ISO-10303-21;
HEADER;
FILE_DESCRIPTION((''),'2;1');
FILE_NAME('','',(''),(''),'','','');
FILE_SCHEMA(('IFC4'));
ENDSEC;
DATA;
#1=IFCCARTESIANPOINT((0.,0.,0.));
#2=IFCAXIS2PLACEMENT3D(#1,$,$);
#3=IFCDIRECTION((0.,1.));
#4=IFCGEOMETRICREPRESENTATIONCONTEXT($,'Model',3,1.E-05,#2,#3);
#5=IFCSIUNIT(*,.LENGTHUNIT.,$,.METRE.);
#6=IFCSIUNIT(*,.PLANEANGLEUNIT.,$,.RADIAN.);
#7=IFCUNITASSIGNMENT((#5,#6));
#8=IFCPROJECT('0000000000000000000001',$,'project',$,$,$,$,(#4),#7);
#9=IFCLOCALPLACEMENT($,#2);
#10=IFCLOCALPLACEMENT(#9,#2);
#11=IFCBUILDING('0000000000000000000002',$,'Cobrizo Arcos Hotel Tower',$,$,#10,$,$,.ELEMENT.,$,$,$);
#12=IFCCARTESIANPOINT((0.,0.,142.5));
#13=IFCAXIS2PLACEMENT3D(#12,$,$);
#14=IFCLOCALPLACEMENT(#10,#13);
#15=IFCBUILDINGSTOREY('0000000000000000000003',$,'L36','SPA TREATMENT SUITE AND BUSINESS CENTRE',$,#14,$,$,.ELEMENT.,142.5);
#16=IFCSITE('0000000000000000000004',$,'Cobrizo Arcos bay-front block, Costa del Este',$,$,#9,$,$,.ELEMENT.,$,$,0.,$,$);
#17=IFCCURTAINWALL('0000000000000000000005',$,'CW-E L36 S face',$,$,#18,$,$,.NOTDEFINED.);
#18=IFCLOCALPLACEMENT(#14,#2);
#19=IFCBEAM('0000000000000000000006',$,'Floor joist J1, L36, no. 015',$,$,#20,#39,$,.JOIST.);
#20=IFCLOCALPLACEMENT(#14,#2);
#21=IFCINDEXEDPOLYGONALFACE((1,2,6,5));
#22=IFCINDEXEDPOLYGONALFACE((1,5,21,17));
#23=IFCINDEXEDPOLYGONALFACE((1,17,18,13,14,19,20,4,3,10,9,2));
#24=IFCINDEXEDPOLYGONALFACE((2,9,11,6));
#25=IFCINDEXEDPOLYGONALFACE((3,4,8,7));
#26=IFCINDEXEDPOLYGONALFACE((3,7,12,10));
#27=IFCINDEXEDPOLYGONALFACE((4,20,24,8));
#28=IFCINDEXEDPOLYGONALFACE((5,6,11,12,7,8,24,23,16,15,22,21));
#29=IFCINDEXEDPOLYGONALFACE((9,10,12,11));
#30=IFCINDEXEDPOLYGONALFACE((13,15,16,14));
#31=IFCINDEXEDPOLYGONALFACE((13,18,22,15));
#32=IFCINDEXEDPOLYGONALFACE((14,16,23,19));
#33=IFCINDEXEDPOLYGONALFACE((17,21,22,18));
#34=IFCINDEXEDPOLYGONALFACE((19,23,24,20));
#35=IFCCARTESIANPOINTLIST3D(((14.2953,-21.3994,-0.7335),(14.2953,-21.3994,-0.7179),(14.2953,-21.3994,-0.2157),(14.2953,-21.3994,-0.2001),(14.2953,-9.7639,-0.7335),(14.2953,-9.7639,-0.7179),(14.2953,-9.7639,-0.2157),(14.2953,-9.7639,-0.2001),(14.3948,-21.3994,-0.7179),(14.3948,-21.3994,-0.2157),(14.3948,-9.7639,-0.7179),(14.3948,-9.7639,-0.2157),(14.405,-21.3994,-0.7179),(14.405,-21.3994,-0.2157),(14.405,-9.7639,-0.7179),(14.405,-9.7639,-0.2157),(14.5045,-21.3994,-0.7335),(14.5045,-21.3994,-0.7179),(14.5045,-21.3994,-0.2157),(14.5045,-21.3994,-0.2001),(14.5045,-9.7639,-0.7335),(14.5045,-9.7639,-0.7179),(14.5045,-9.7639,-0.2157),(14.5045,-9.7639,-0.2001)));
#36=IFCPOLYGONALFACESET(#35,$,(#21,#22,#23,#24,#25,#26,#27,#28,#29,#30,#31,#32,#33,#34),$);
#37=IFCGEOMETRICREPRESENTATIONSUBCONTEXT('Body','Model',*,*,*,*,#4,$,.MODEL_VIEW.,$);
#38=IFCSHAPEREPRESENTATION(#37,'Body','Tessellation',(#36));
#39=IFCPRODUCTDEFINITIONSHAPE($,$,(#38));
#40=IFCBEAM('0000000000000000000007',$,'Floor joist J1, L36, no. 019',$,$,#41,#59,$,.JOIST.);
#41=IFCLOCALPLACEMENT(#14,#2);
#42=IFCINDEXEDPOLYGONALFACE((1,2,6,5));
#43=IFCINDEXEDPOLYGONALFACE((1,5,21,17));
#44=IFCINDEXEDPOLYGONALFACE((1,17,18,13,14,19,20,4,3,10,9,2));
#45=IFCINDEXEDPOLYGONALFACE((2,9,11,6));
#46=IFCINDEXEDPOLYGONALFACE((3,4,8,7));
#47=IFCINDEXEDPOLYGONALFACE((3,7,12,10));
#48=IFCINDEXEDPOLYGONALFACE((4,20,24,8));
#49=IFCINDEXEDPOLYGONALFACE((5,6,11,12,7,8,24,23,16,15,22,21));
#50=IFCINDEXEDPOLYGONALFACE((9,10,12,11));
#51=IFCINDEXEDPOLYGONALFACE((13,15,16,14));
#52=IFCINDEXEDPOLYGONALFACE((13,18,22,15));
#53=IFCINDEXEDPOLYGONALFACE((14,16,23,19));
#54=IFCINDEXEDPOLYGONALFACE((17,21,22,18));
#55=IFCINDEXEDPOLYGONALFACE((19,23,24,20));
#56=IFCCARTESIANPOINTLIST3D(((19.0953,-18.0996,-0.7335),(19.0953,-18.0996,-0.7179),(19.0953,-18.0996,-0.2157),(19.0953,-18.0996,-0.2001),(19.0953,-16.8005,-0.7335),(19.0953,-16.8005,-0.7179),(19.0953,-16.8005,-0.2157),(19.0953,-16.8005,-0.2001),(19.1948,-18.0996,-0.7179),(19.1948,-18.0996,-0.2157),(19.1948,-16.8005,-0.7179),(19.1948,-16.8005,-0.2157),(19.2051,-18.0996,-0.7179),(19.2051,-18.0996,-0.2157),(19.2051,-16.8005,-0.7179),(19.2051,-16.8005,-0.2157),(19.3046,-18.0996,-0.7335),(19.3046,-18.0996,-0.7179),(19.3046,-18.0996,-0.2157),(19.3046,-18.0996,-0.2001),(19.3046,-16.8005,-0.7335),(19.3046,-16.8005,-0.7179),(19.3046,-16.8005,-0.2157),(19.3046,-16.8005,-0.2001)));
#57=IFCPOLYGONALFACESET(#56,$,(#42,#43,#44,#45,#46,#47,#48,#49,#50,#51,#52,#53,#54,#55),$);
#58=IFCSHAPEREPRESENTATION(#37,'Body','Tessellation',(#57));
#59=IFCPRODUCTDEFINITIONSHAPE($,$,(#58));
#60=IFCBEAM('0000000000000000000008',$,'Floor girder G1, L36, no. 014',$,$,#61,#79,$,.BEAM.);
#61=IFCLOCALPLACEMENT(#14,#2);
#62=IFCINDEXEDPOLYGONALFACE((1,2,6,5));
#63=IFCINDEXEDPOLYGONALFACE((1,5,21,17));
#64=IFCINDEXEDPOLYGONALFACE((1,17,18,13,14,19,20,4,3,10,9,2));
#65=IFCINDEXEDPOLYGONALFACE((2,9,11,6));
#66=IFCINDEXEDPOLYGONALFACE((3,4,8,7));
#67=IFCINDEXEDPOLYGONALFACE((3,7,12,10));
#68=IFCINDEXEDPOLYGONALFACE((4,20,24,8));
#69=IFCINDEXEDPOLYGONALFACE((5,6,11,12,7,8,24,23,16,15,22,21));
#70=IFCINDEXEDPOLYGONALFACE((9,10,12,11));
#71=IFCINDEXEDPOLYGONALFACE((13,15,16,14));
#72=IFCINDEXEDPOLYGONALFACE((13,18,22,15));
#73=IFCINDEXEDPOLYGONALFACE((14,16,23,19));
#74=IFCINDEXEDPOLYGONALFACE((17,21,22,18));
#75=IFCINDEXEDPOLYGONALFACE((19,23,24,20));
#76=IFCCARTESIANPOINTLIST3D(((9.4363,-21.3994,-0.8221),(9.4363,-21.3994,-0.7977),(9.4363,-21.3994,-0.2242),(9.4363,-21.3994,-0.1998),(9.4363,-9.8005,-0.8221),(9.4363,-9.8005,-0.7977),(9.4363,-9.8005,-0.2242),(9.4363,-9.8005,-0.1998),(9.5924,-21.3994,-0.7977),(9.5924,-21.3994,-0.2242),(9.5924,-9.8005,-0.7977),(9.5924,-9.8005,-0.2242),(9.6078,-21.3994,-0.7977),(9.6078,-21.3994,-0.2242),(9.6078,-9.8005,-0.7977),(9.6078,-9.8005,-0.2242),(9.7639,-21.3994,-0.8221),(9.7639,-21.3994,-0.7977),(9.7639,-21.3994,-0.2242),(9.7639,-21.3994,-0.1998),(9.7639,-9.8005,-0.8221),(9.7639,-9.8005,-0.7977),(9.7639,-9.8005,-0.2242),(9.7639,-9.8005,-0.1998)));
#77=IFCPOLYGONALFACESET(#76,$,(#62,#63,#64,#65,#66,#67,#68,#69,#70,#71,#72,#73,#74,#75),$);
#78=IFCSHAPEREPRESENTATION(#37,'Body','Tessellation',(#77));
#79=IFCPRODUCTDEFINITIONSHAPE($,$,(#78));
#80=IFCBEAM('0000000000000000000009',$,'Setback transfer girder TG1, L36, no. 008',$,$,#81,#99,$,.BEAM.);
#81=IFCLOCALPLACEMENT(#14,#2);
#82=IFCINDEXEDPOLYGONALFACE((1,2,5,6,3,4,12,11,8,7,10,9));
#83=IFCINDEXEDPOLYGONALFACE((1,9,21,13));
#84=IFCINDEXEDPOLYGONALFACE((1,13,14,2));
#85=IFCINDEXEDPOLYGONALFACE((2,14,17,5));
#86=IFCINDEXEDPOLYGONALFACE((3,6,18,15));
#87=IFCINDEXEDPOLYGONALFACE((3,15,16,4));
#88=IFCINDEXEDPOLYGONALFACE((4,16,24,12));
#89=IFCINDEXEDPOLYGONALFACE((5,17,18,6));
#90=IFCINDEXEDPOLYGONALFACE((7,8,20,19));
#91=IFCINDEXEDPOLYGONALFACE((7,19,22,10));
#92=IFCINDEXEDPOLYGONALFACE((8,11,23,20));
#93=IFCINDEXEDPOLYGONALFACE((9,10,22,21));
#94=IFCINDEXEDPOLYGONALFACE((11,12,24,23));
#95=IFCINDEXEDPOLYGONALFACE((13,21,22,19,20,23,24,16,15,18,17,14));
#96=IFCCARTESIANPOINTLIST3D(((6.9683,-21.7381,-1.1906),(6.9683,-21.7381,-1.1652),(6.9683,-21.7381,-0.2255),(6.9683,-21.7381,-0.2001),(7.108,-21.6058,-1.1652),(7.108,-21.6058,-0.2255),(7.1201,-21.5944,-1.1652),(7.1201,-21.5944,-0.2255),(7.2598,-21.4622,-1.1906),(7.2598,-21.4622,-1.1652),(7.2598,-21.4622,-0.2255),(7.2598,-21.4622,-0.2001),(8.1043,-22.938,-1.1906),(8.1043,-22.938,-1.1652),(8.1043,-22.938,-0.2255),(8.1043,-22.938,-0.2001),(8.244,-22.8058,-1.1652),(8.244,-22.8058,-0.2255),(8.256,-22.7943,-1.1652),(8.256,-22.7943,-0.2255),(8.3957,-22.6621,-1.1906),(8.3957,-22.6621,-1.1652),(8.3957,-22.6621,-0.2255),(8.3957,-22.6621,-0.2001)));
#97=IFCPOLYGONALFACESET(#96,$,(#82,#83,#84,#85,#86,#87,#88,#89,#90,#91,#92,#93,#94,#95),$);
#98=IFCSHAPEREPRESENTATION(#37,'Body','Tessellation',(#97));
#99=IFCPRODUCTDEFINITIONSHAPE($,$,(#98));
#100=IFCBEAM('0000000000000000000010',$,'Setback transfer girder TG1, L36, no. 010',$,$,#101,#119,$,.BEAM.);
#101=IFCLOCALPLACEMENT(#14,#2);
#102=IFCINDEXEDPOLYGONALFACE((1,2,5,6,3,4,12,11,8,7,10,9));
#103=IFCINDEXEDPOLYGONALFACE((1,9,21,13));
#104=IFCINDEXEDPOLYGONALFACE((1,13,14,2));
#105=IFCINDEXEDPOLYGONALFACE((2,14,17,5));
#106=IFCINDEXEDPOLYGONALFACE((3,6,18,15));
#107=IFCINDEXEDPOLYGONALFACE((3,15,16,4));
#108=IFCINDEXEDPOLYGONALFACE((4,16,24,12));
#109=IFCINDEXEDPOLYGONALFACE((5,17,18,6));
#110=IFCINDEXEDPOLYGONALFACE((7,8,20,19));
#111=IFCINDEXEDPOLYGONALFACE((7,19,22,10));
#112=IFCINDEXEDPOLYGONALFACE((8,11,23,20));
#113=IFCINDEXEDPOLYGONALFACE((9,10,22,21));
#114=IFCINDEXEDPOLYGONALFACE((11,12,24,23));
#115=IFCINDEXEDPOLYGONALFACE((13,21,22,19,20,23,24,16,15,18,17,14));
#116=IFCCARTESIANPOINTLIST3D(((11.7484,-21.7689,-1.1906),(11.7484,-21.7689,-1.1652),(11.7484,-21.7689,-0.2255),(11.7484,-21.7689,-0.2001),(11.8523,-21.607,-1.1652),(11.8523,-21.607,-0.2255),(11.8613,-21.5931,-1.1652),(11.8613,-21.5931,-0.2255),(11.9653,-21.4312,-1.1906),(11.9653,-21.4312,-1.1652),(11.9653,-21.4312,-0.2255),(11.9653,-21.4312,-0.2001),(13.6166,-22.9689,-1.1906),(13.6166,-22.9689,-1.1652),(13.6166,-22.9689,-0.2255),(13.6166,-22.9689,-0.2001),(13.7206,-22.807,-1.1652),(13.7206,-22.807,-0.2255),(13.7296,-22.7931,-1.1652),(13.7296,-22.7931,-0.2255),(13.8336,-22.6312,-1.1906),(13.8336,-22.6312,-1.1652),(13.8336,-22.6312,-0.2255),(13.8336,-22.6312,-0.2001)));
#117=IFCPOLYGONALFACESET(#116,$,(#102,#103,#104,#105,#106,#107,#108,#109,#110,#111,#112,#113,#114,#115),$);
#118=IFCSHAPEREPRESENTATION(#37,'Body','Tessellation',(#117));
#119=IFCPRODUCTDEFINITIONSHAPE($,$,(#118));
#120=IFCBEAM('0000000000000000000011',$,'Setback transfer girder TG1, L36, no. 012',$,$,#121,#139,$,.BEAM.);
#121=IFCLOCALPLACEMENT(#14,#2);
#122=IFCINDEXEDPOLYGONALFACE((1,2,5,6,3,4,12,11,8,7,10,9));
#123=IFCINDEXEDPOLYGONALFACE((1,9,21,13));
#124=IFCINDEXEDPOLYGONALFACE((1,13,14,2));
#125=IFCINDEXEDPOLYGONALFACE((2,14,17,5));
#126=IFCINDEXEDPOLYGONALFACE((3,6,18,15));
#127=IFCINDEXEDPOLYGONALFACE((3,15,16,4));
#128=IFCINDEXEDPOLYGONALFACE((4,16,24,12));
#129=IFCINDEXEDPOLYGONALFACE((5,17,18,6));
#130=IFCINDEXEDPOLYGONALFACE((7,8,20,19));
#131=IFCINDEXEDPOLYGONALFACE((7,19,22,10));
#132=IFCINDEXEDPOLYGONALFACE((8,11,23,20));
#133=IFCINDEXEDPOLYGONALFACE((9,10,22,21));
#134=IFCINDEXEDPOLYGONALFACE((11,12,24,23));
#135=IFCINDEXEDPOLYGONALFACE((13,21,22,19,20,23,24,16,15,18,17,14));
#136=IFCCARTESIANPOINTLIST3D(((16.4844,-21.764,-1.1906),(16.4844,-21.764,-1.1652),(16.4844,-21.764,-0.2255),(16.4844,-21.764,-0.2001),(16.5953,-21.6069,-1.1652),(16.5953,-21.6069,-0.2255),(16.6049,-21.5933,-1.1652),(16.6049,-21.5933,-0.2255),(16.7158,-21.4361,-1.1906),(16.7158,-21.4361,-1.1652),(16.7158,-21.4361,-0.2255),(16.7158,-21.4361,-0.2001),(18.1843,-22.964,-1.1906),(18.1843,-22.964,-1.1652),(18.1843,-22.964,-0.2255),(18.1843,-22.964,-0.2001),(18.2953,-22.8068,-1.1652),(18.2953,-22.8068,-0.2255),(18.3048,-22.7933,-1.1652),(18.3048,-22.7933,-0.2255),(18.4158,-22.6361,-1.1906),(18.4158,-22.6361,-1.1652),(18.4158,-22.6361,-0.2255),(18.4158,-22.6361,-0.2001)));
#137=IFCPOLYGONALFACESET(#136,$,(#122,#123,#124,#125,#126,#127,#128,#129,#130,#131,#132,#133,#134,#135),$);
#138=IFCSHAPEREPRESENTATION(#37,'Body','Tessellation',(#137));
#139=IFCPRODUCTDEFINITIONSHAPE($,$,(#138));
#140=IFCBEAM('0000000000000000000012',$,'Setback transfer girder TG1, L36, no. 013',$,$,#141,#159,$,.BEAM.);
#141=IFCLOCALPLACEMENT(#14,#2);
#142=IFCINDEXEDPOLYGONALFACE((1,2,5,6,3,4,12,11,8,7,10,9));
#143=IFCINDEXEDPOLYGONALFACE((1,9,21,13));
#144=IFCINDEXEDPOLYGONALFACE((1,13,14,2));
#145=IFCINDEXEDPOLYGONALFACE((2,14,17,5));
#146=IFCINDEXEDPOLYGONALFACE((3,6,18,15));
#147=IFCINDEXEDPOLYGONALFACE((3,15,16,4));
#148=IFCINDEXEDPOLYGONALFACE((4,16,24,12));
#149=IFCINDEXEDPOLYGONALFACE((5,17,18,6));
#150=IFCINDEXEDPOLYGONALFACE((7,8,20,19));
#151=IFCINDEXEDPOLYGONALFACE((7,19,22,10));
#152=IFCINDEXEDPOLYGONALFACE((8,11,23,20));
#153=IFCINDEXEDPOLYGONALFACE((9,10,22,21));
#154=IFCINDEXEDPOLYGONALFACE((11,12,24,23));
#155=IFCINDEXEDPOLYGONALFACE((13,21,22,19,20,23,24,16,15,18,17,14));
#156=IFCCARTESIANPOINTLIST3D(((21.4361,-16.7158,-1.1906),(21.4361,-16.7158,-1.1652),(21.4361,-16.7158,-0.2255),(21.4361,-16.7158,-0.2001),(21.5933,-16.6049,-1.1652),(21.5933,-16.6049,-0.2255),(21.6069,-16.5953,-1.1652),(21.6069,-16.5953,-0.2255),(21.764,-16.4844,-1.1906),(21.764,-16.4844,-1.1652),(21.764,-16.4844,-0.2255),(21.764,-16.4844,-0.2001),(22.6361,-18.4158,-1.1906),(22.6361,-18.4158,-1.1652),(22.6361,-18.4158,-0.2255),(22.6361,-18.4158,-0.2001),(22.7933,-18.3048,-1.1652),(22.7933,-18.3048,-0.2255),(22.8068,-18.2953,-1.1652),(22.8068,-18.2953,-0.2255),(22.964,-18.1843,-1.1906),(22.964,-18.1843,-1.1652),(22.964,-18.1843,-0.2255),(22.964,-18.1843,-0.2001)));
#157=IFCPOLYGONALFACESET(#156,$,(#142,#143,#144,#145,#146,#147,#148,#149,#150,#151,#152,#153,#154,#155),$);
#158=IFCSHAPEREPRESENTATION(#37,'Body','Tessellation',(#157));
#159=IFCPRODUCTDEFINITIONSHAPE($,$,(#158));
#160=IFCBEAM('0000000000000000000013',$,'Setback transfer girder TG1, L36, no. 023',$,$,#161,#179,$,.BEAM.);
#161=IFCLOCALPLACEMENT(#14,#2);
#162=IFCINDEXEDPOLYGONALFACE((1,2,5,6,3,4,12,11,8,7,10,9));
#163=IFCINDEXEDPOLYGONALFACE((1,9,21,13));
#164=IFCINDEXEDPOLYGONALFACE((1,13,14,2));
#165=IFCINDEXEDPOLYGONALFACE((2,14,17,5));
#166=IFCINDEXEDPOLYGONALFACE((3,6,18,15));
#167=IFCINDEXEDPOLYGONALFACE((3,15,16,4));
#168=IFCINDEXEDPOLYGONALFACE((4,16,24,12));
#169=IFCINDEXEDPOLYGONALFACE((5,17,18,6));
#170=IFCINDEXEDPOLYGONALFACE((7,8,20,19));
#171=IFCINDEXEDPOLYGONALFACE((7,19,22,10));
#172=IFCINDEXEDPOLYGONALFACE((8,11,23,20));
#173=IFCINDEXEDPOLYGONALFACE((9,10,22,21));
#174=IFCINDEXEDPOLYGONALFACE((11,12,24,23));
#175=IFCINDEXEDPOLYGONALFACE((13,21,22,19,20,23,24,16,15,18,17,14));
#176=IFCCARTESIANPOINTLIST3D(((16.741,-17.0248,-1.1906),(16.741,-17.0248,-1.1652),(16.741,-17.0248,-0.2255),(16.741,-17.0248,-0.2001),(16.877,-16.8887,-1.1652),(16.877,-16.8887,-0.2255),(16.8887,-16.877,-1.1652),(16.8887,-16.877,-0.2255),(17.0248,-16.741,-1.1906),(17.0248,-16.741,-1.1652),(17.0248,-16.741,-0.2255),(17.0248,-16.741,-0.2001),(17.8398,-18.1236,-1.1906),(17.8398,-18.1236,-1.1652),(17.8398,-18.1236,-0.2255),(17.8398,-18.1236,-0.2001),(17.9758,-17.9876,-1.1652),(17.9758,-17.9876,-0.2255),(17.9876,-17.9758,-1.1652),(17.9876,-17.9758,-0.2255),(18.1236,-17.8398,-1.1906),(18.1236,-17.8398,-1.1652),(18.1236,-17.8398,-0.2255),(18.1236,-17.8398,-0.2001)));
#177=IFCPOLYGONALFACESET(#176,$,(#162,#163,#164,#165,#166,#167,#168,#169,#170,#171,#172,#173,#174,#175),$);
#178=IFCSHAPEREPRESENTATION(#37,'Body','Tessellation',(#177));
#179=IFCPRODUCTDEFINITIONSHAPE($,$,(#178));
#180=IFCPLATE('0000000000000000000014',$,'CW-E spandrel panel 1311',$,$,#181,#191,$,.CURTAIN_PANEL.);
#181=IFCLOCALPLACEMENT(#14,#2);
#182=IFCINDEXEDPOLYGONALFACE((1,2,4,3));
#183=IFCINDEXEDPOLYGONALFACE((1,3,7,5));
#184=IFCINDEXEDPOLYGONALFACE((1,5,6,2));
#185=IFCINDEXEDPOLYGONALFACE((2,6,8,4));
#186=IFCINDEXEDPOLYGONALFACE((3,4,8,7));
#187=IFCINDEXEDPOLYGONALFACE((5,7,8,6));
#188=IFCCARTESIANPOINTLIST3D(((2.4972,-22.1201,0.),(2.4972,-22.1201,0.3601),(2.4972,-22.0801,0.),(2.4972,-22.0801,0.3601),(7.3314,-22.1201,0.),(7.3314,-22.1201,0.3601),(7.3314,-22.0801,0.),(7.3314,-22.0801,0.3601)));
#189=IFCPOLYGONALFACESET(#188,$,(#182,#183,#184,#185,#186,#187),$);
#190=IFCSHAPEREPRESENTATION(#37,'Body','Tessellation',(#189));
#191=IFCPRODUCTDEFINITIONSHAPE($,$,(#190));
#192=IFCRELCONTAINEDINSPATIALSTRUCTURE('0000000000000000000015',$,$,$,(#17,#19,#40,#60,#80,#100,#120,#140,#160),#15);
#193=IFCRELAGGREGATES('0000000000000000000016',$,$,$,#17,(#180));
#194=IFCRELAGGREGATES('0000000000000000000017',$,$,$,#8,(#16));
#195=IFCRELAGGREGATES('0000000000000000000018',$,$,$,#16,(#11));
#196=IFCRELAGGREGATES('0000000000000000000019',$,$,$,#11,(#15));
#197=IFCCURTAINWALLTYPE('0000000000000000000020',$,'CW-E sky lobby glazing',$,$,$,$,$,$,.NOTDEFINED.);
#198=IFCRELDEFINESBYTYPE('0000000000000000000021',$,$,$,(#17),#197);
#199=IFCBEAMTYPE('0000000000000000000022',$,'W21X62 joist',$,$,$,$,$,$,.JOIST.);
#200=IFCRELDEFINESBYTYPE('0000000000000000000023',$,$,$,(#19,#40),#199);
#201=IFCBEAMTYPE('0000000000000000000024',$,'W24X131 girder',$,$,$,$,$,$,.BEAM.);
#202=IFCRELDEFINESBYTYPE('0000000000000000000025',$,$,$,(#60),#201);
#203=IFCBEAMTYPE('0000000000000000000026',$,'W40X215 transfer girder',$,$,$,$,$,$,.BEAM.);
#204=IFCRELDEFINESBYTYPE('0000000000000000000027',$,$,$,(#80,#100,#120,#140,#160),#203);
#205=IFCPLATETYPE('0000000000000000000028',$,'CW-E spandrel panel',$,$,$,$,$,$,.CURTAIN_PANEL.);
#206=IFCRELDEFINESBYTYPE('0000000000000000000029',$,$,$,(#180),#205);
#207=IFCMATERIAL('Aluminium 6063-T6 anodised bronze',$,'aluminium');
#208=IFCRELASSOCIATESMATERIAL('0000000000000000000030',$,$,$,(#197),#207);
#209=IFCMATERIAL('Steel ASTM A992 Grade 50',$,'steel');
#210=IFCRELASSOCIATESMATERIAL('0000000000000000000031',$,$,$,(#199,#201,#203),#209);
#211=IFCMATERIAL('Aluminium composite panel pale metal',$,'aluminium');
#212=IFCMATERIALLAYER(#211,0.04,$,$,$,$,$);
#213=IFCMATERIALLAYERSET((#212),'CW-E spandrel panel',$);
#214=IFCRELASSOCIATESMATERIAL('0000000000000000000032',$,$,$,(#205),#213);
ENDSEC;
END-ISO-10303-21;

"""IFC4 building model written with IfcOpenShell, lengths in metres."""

from ifc_helpers import new_model, si_unit, direction, frame, origin, origin_2d, place, context, subcontext, project, spatial, rectangle, i_section, extrude, material, layer, layer_set, material_profile, profile_set, type_object, element, aggregate, save


model = new_model("IFC4")

# Units and contexts
model_context = context("Model", 3, precision=1e-05, world=origin(), true_north=direction((0.0, 1.0)))
body_context = subcontext(model_context, "Body", "Model", "MODEL_VIEW")
ifc_project = project(units=[si_unit("LENGTHUNIT", "METRE"), si_unit("PLANEANGLEUNIT", "RADIAN")], contexts=[model_context])

# Site, building, storey
site_placement = place(None, origin())
site = spatial("IfcSite", under=ifc_project, at=site_placement, Name="Cobrizo Arcos bay-front block, Costa del Este", CompositionType="ELEMENT", RefElevation=0.0)
building_placement = place(site_placement, origin())
building = spatial("IfcBuilding", under=site, at=building_placement, Name="Cobrizo Arcos Hotel Tower", CompositionType="ELEMENT")
storey_placement = place(building_placement, frame((0.0, 0.0, 142.5)))
storey = spatial("IfcBuildingStorey", under=building, at=storey_placement, Name="L36", Description="SPA TREATMENT SUITE AND BUSINESS CENTRE", CompositionType="ELEMENT", Elevation=142.5)

# Curtain wall
ifc_material_1 = material(Name="Aluminium 6063-T6 anodised bronze", Category="aluminium")
curtain_wall_type = type_object("IfcCurtainWallType", Name="CW-E sky lobby glazing", PredefinedType="NOTDEFINED", material=ifc_material_1)
curtain_wall_1_placement = place(storey_placement, origin())
curtain_wall_1 = element("IfcCurtainWall", 1, at=curtain_wall_1_placement, inside=storey, type_object=curtain_wall_type, Name="CW-E L36 S face", PredefinedType="NOTDEFINED")

# Beams
ifc_material_2 = material(Name="Steel ASTM A992 Grade 50", Category="steel")
ifc_material_profile_1 = material_profile(ifc_material_2, i_section(OverallWidth=0.2092, OverallDepth=0.5334, WebThickness=0.0103, FlangeThickness=0.0156, at=origin_2d()), Name="W21X62")
ifc_profile_set_1 = profile_set([ifc_material_profile_1], Name="Steel ASTM A992 Grade 50")
beam_type_1 = type_object("IfcBeamType", Name="W21X62 joist", PredefinedType="JOIST", material=ifc_profile_set_1)
beam_1_placement = place(storey_placement, frame((14.3999, -21.3994, -0.4668), z_axis=(0.0, 1.0, 0.0), x_axis=(-1.0, 0.0, 0.0)))
element("IfcBeam", 2, at=beam_1_placement, inside=storey, type_object=beam_type_1, Name="Floor joist J1, L36, no. 015", PredefinedType="JOIST", context=body_context, shape_type="SweptSolid", body=[
    extrude(i_section(OverallWidth=0.2092, OverallDepth=0.5334, WebThickness=0.0103, FlangeThickness=0.0156, at=origin_2d()), origin(), (0.0, 0.0, 1.0), 11.6355),
])
beam_2_placement = place(storey_placement, frame((19.2, -18.0996, -0.4668), z_axis=(0.0, 1.0, 0.0), x_axis=(-1.0, 0.0, 0.0)))
element("IfcBeam", 3, at=beam_2_placement, inside=storey, type_object=beam_type_1, Name="Floor joist J1, L36, no. 019", PredefinedType="JOIST", context=body_context, shape_type="SweptSolid", body=[
    extrude(i_section(OverallWidth=0.2092, OverallDepth=0.5334, WebThickness=0.0103, FlangeThickness=0.0156, at=origin_2d()), origin(), (0.0, 0.0, 1.0), 1.2991),
])
ifc_material_profile_2 = material_profile(ifc_material_2, i_section(OverallWidth=0.3276, OverallDepth=0.6223, WebThickness=0.0154, FlangeThickness=0.0244, at=origin_2d()), Name="W24X131")
ifc_profile_set_2 = profile_set([ifc_material_profile_2], Name="Steel ASTM A992 Grade 50")
beam_type_2 = type_object("IfcBeamType", Name="W24X131 girder", PredefinedType="BEAM", material=ifc_profile_set_2)
beam_3_placement = place(storey_placement, frame((9.6001, -21.3994, -0.511), z_axis=(0.0, 1.0, 0.0), x_axis=(-1.0, 0.0, 0.0)))
element("IfcBeam", 4, at=beam_3_placement, inside=storey, type_object=beam_type_2, Name="Floor girder G1, L36, no. 014", PredefinedType="BEAM", context=body_context, shape_type="SweptSolid", body=[
    extrude(i_section(OverallWidth=0.3276, OverallDepth=0.6223, WebThickness=0.0154, FlangeThickness=0.0244, at=origin_2d()), origin(), (0.0, 0.0, 1.0), 11.5989),
])
ifc_material_profile_3 = material_profile(ifc_material_2, i_section(OverallWidth=0.4014, OverallDepth=0.9905, WebThickness=0.0166, FlangeThickness=0.0254, at=origin_2d()), Name="W40X215")
ifc_profile_set_3 = profile_set([ifc_material_profile_3], Name="Steel ASTM A992 Grade 50")
beam_type_3 = type_object("IfcBeamType", Name="W40X215 transfer girder", PredefinedType="BEAM", material=ifc_profile_set_3)
beam_4_placement = place(storey_placement, frame((8.25, -22.8, -0.6953), z_axis=(-0.687486, 0.726197, 0.0), x_axis=(-0.726197, -0.687486, 0.0)))
element("IfcBeam", 5, at=beam_4_placement, inside=storey, type_object=beam_type_3, Name="Setback transfer girder TG1, L36, no. 008", PredefinedType="BEAM", context=body_context, shape_type="SweptSolid", body=[
    extrude(i_section(OverallWidth=0.4014, OverallDepth=0.9905, WebThickness=0.0166, FlangeThickness=0.0254, at=origin_2d()), origin(), (0.0, 0.0, 1.0), 1.6523),
])
beam_5_placement = place(storey_placement, frame((13.7251, -22.8, -0.6953), z_axis=(-0.841386, 0.540435, 0.0), x_axis=(-0.540435, -0.841386, 0.0)))
element("IfcBeam", 6, at=beam_5_placement, inside=storey, type_object=beam_type_3, Name="Setback transfer girder TG1, L36, no. 010", PredefinedType="BEAM", context=body_context, shape_type="SweptSolid", body=[
    extrude(i_section(OverallWidth=0.4014, OverallDepth=0.9905, WebThickness=0.0166, FlangeThickness=0.0254, at=origin_2d()), origin(), (0.0, 0.0, 1.0), 2.2205),
])
for number, where, z_axis, x_axis, name in (
    (7, (18.3, -22.8, -0.6953), (-0.816971, 0.576679, 0.0), (-0.576679, -0.816971, 0.0), "Setback transfer girder TG1, L36, no. 012"),
    (8, (22.8, -18.3, -0.6953), (-0.576679, 0.816971, 0.0), (-0.816971, -0.576679, 0.0), "Setback transfer girder TG1, L36, no. 013"),
):
    element("IfcBeam", number, at=place(storey_placement, frame(where, z_axis=z_axis, x_axis=x_axis)), inside=storey, type_object=beam_type_3, Name=name, PredefinedType="BEAM", context=body_context, shape_type="SweptSolid", body=[
        extrude(i_section(OverallWidth=0.4014, OverallDepth=0.9905, WebThickness=0.0166, FlangeThickness=0.0254, at=origin_2d()), origin(), (0.0, 0.0, 1.0), 2.0808),
    ])
beam_6_placement = place(storey_placement, frame((17.9817, -17.9817, -0.6953), z_axis=(-0.707107, 0.707107, 0.0), x_axis=(-0.707107, -0.707107, 0.0)))
element("IfcBeam", 9, at=beam_6_placement, inside=storey, type_object=beam_type_3, Name="Setback transfer girder TG1, L36, no. 023", PredefinedType="BEAM", context=body_context, shape_type="SweptSolid", body=[
    extrude(i_section(OverallWidth=0.4014, OverallDepth=0.9905, WebThickness=0.0166, FlangeThickness=0.0254, at=origin_2d()), origin(), (0.0, 0.0, 1.0), 1.554),
])

# Plate
ifc_material_3 = material(Name="Aluminium composite panel pale metal", Category="aluminium")
ifc_layer_1 = layer(ifc_material_3, 0.04)
ifc_layer_set_1 = layer_set([ifc_layer_1], Name="CW-E spandrel panel")
plate_type = type_object("IfcPlateType", Name="CW-E spandrel panel", PredefinedType="CURTAIN_PANEL", material=ifc_layer_set_1)
plate_1_placement = place(storey_placement, frame((4.9143, -22.1001, 0.0), z_axis=(0.0, 0.0, 1.0), x_axis=(1.0, 0.0, 0.0)))
plate_1 = element("IfcPlate", 10, at=plate_1_placement, type_object=plate_type, Name="CW-E spandrel panel 1311", PredefinedType="CURTAIN_PANEL", context=body_context, shape_type="SweptSolid", body=[
    extrude(rectangle(XDim=4.8342, YDim=0.04, at=origin_2d()), origin(), (0.0, 0.0, 1.0), 0.3601),
])
aggregate(curtain_wall_1, [plate_1])

save(model, "model.ifc")
